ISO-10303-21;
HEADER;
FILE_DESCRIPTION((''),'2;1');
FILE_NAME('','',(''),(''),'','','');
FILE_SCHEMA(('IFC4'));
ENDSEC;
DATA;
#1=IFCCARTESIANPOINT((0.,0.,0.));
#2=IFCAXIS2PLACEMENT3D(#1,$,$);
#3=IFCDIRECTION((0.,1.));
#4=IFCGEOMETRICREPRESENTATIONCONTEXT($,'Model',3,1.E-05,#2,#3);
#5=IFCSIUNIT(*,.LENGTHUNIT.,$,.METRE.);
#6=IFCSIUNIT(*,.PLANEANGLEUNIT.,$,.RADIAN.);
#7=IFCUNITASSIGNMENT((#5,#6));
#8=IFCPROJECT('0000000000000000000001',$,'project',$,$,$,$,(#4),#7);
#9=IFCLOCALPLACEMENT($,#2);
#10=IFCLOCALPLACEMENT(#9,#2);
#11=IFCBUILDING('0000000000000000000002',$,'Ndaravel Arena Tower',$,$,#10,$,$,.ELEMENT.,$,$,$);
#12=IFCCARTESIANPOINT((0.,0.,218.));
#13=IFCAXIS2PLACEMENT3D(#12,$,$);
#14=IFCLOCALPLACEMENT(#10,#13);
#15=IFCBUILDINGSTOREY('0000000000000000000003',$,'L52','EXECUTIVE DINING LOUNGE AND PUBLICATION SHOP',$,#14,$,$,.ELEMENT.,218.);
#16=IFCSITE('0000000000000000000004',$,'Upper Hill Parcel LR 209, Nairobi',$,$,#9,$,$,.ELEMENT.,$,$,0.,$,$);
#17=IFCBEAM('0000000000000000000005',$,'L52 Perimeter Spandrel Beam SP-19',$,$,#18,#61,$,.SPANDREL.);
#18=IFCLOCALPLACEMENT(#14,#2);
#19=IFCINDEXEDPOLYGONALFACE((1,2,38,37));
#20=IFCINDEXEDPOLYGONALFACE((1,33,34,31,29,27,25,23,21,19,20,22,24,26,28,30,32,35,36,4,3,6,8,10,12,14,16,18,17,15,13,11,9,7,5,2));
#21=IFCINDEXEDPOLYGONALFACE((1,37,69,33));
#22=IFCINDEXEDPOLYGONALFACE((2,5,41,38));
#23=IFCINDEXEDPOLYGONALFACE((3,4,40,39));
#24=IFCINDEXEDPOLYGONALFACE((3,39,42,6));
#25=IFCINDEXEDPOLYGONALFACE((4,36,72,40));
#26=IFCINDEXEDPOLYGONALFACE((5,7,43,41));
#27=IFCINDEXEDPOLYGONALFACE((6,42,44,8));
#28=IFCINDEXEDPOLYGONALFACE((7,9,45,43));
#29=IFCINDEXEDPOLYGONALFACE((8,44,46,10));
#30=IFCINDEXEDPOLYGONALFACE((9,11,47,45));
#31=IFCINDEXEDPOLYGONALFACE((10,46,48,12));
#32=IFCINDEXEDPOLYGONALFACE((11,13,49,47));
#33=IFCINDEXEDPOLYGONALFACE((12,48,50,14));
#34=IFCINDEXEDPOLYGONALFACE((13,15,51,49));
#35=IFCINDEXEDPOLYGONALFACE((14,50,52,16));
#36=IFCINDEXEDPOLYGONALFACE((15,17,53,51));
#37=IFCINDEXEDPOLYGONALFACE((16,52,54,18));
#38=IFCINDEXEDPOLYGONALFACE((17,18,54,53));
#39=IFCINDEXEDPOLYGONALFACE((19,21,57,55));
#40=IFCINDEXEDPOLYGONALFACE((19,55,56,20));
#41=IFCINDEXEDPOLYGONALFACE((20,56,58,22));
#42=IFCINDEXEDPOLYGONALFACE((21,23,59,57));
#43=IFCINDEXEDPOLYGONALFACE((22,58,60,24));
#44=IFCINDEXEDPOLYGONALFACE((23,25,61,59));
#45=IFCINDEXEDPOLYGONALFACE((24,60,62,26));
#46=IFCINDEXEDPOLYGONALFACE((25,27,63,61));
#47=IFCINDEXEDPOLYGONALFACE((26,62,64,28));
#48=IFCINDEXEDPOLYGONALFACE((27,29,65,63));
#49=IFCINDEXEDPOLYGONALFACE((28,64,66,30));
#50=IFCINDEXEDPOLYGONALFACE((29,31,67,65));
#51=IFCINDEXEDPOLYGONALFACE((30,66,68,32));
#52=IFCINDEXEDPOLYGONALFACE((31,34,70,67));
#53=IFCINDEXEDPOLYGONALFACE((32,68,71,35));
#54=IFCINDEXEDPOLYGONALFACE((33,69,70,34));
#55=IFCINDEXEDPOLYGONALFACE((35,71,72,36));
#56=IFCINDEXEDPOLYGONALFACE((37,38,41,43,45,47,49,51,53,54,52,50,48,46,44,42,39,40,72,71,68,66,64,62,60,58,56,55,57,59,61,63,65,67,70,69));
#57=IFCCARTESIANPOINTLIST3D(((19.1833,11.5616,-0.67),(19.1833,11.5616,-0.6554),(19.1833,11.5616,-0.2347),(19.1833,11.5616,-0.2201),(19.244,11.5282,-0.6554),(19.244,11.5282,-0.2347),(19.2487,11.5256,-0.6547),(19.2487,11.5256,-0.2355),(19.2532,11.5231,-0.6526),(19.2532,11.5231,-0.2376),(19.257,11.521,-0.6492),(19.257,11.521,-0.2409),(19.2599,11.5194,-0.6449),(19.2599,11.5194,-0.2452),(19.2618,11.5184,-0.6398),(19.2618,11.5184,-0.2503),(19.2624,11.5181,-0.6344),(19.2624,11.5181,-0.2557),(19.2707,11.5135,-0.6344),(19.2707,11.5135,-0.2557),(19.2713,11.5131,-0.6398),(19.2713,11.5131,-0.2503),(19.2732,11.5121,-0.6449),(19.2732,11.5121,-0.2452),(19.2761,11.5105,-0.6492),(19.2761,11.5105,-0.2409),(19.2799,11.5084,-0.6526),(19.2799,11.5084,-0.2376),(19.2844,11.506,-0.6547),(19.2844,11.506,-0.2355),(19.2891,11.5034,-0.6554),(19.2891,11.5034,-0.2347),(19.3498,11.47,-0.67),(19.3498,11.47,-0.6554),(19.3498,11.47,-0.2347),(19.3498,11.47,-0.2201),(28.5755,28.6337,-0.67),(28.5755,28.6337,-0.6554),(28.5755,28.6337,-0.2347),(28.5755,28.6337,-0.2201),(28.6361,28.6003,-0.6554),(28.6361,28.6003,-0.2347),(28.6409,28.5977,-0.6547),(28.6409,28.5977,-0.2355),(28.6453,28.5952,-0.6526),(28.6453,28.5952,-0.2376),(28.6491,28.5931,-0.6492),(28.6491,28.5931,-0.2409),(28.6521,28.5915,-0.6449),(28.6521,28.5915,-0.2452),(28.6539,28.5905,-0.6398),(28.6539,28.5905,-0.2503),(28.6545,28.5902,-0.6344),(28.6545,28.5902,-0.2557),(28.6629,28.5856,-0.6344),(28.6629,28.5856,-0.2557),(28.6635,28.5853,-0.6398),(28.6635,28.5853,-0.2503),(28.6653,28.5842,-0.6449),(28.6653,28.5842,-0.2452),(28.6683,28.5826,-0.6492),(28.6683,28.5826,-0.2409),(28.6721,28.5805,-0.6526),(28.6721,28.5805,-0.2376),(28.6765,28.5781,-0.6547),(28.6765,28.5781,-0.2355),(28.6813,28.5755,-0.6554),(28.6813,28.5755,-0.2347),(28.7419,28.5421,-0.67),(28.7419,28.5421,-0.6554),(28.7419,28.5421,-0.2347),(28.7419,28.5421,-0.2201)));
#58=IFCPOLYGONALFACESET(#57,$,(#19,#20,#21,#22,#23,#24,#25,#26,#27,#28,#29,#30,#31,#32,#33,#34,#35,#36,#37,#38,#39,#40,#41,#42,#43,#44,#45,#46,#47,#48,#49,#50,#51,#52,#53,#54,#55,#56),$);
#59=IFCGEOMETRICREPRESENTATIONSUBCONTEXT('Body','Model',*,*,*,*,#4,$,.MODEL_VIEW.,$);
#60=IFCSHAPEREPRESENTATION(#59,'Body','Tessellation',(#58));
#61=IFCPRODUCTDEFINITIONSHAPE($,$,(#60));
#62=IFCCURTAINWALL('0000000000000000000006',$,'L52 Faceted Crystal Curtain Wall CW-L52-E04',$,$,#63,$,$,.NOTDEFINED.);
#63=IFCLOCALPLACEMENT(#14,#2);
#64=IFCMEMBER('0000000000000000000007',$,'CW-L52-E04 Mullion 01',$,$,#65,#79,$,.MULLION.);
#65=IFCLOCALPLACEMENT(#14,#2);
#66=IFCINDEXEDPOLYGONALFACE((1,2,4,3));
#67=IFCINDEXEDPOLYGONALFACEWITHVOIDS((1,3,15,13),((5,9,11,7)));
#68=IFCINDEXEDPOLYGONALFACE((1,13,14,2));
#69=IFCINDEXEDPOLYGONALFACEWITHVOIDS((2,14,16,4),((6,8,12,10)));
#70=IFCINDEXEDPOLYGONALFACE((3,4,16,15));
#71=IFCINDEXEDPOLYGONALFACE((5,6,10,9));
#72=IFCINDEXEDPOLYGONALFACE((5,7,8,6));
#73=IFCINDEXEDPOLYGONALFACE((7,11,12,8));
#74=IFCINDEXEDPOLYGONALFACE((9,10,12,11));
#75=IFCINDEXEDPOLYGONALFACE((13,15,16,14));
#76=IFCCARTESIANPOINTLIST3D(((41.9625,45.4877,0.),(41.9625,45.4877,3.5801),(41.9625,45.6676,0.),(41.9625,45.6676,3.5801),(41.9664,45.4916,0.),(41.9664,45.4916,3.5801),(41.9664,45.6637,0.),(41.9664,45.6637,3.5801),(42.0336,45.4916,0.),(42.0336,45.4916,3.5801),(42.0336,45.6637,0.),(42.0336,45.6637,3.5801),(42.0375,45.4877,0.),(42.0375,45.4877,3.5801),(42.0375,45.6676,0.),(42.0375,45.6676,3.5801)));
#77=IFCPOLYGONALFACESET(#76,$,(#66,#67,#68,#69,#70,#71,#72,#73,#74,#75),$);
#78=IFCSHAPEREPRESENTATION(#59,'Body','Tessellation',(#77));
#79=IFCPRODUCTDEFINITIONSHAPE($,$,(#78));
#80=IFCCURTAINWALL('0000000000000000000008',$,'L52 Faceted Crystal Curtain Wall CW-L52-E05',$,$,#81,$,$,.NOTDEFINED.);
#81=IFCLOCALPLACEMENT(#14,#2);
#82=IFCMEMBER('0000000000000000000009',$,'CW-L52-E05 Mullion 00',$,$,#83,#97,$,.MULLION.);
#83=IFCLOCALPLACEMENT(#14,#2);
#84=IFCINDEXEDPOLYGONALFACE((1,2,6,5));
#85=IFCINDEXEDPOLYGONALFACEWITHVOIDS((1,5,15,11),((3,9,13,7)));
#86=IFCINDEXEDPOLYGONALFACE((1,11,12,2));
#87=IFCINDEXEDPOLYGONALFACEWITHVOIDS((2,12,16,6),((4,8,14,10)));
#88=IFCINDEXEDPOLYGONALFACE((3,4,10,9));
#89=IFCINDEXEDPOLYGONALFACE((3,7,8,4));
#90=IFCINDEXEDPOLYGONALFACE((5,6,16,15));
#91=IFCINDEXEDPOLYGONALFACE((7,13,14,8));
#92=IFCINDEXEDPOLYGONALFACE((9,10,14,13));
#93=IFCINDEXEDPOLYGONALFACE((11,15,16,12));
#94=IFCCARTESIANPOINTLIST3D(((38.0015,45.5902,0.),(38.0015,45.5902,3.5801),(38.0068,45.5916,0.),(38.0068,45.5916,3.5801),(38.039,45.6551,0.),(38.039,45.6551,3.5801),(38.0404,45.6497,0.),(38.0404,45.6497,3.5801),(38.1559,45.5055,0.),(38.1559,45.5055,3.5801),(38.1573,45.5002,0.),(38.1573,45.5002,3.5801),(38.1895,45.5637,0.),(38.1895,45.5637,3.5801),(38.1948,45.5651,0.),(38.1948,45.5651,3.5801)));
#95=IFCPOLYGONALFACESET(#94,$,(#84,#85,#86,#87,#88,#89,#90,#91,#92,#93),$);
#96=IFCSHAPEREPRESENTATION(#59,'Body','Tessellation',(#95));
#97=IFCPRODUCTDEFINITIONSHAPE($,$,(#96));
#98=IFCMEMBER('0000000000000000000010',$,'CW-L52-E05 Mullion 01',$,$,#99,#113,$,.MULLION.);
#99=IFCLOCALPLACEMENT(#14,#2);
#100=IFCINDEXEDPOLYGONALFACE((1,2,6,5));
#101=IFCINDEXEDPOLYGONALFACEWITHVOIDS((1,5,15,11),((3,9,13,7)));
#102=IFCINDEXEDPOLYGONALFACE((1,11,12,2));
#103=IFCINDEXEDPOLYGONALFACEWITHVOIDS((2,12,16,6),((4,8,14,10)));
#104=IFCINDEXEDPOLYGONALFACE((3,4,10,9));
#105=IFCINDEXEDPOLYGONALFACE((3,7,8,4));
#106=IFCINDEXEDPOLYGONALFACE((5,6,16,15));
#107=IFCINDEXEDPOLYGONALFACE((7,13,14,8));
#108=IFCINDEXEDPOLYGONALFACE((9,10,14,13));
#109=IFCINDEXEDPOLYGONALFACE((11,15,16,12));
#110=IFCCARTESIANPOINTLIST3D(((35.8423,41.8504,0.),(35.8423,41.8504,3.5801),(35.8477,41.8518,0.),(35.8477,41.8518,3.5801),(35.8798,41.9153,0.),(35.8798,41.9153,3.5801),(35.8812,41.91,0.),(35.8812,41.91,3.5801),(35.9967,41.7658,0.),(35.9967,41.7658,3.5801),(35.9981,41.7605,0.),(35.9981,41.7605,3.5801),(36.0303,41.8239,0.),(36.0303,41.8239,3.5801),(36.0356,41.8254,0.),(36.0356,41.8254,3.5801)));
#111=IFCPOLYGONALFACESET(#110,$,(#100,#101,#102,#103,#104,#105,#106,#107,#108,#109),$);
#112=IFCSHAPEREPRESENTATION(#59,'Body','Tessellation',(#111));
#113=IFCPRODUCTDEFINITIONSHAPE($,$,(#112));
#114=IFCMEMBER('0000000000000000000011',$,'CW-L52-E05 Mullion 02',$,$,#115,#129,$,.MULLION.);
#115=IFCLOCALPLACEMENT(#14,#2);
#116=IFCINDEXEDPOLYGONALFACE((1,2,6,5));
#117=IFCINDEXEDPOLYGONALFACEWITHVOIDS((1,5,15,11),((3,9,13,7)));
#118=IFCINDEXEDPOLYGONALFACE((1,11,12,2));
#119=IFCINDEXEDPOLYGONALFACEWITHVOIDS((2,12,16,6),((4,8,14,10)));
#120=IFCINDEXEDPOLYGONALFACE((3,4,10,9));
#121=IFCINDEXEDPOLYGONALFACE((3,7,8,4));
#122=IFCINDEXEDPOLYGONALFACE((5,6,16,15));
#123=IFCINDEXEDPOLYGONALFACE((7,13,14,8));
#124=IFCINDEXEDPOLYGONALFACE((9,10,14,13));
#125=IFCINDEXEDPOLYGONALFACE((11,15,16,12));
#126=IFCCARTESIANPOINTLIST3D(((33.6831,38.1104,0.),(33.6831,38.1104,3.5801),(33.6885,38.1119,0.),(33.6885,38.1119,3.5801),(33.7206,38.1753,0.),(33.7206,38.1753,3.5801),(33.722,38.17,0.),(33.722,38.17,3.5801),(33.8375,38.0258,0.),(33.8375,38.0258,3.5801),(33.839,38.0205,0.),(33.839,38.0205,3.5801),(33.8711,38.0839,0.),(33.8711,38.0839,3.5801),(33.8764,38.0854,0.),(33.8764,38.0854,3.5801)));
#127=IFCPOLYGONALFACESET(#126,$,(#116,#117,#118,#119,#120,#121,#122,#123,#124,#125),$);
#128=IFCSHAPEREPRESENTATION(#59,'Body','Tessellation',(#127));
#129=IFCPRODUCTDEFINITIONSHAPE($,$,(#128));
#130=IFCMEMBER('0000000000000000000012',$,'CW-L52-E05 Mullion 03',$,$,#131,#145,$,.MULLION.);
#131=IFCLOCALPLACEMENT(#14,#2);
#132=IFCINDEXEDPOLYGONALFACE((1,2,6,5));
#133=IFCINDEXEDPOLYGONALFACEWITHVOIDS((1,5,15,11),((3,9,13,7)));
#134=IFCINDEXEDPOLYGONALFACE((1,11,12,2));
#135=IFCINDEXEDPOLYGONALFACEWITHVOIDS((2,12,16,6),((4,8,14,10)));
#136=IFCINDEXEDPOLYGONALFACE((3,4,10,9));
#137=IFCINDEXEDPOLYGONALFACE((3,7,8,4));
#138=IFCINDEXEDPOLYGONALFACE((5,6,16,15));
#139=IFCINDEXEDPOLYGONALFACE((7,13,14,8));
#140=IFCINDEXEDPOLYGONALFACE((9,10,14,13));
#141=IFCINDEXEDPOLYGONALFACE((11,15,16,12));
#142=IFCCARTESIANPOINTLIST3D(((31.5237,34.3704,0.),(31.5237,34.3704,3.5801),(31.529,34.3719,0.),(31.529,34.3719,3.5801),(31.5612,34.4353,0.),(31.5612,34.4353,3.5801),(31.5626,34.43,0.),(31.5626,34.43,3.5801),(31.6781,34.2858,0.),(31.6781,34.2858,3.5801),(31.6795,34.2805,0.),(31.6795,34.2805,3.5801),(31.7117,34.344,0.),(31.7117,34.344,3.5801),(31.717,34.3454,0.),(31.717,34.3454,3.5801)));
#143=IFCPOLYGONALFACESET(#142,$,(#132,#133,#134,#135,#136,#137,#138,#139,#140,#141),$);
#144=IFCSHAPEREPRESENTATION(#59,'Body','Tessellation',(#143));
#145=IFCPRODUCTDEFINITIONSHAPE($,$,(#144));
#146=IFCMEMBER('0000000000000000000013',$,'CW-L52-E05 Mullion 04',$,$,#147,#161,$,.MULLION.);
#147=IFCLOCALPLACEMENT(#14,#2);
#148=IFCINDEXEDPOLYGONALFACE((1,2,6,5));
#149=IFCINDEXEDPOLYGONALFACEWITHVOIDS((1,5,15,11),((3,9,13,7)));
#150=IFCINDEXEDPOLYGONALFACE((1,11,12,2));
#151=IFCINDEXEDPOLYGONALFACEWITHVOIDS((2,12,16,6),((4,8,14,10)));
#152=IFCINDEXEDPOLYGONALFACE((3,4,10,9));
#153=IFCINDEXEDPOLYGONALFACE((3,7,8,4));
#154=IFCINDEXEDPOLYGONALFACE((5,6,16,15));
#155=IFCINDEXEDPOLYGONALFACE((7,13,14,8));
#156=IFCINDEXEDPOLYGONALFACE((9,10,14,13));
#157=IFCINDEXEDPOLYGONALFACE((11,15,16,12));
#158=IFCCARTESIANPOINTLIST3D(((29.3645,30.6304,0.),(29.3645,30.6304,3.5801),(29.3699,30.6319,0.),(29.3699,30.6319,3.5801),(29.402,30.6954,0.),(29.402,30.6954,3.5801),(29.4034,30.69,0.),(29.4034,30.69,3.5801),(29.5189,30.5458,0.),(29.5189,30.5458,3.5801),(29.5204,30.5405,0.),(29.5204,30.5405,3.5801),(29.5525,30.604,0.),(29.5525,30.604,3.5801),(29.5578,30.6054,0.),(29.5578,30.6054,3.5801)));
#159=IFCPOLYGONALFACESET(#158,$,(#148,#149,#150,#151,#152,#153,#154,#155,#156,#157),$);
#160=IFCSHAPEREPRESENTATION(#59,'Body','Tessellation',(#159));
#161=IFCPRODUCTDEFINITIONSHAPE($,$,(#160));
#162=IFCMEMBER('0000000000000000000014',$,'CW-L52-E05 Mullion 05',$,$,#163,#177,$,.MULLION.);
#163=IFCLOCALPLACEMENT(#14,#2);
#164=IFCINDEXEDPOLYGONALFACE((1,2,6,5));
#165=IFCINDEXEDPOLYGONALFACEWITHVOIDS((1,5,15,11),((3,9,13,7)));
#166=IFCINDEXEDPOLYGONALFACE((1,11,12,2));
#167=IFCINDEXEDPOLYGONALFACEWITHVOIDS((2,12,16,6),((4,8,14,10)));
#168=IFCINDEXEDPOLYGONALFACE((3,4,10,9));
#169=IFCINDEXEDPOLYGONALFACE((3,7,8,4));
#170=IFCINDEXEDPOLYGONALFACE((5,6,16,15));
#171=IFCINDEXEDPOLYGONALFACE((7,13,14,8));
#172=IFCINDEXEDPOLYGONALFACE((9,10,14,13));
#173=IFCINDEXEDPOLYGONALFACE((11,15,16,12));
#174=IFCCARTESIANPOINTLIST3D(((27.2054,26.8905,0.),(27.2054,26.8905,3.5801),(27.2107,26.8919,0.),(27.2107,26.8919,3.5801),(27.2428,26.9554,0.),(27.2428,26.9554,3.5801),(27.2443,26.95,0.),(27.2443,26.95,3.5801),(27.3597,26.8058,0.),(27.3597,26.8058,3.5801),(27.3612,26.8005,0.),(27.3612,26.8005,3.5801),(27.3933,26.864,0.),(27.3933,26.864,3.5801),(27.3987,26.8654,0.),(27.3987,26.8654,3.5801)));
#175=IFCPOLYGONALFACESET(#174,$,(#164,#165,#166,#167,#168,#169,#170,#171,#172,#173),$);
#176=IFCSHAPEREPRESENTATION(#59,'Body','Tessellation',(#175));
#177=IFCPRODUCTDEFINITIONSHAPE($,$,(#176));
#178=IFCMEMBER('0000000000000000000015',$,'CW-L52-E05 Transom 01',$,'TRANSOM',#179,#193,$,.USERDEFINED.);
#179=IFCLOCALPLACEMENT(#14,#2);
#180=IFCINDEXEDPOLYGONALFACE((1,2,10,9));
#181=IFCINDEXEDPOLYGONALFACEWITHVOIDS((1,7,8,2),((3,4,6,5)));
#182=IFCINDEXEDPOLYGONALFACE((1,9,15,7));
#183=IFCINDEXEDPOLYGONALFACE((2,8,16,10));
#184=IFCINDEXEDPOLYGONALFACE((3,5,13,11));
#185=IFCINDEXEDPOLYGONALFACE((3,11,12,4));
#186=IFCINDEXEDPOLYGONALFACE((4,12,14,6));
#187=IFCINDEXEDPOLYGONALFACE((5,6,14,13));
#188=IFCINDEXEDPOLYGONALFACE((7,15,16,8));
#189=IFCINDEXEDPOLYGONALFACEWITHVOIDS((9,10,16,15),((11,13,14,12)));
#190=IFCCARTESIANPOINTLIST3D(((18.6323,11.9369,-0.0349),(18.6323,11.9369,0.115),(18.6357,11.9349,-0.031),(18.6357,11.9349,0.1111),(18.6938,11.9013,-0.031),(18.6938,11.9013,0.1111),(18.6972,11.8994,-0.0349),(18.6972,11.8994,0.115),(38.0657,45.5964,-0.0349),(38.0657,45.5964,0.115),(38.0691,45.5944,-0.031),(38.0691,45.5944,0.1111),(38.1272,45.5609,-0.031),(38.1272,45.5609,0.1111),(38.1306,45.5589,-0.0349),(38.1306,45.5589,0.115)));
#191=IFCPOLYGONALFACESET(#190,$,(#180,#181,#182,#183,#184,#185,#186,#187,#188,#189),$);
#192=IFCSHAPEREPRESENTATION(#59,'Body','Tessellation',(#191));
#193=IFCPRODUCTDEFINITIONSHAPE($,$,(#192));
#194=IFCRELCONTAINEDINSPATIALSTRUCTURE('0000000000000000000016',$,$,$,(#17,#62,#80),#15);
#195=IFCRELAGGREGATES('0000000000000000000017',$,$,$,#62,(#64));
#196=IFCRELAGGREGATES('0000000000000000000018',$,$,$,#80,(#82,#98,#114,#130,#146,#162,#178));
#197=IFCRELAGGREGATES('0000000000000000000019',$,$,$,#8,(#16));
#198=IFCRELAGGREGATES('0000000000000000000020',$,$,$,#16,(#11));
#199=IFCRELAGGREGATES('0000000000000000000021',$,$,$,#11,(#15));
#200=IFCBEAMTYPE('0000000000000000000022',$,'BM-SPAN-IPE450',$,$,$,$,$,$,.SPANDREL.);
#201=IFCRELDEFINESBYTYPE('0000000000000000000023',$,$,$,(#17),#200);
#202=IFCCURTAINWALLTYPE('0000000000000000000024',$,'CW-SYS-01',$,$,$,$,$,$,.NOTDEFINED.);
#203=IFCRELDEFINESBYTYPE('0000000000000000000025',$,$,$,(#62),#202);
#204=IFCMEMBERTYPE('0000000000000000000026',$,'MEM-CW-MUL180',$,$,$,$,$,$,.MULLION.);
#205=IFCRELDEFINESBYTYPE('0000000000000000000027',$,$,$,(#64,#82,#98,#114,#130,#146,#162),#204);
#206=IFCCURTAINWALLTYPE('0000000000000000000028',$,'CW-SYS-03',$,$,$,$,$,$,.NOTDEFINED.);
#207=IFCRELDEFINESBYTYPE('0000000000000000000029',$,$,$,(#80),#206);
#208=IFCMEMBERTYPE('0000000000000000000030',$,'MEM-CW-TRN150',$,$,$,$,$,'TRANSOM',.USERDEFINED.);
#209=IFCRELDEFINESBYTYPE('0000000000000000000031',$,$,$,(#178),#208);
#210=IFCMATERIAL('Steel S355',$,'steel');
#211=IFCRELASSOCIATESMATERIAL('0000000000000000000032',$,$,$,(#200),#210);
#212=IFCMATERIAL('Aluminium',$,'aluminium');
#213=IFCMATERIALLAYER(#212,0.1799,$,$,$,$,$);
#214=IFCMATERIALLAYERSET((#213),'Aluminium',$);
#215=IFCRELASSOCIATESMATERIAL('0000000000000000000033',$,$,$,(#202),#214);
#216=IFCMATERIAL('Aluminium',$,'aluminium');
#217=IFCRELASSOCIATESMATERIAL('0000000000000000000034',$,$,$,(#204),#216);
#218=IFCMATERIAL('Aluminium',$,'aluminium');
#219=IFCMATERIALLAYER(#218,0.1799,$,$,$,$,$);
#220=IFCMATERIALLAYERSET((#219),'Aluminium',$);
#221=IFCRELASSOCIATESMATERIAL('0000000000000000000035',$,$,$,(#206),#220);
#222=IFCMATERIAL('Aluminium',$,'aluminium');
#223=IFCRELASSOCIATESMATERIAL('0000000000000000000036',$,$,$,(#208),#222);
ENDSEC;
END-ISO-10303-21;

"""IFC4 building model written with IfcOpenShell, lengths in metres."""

from ifc_helpers import new_model, si_unit, direction, frame, origin, origin_2d, place, context, subcontext, project, spatial, hollow_rectangle, i_section, extrude, material, layer, layer_set, material_profile, profile_set, type_object, element, aggregate, save


model = new_model("IFC4")

# Units and contexts
model_context = context("Model", 3, precision=1e-05, world=origin(), true_north=direction((0.0, 1.0)))
body_context = subcontext(model_context, "Body", "Model", "MODEL_VIEW")
ifc_project = project(units=[si_unit("LENGTHUNIT", "METRE"), si_unit("PLANEANGLEUNIT", "RADIAN")], contexts=[model_context])

# Site, building, storey
site_placement = place(None, origin())
site = spatial("IfcSite", under=ifc_project, at=site_placement, Name="Upper Hill Parcel LR 209, Nairobi", CompositionType="ELEMENT", RefElevation=0.0)
building_placement = place(site_placement, origin())
building = spatial("IfcBuilding", under=site, at=building_placement, Name="Ndaravel Arena Tower", CompositionType="ELEMENT")
storey_placement = place(building_placement, frame((0.0, 0.0, 218.0)))
storey = spatial("IfcBuildingStorey", under=building, at=storey_placement, Name="L52", Description="EXECUTIVE DINING LOUNGE AND PUBLICATION SHOP", CompositionType="ELEMENT", Elevation=218.0)

# Beam
ifc_material_1 = material(Name="Steel S355", Category="steel")
ifc_material_profile_1 = material_profile(ifc_material_1, i_section(OverallWidth=0.1899, OverallDepth=0.45, WebThickness=0.0095, FlangeThickness=0.0146, FilletRadius=0.021, at=origin_2d()), Name="IPE 450")
ifc_profile_set_1 = profile_set([ifc_material_profile_1], Name="Steel S355")
beam_type_1 = type_object("IfcBeamType", Name="BM-SPAN-IPE450", PredefinedType="SPANDREL", material=ifc_profile_set_1)
for number, where, z_axis, x_axis, name in (
    (1, (28.6587, 28.5879, -0.4451), (-0.482016, -0.876162, 0.0), (0.876162, -0.482016, 0.0), "L52 Perimeter Spandrel Beam SP-19"),
):
    element("IfcBeam", number, at=place(storey_placement, frame(where, z_axis=z_axis, x_axis=x_axis)), inside=storey, type_object=beam_type_1, Name=name, PredefinedType="SPANDREL", context=body_context, shape_type="SweptSolid", body=[
        extrude(i_section(OverallWidth=0.1899, OverallDepth=0.45, WebThickness=0.0095, FlangeThickness=0.0146, FilletRadius=0.021, at=origin_2d()), origin(), (0.0, 0.0, 1.0), 19.4851),
    ])

# Curtain wall, member
ifc_material_2 = material(Name="Aluminium", Category="aluminium")
ifc_layer_1 = layer(ifc_material_2, 0.1799)
ifc_layer_set_1 = layer_set([ifc_layer_1], Name="Aluminium")
curtain_wall_type_1 = type_object("IfcCurtainWallType", Name="CW-SYS-01", PredefinedType="NOTDEFINED", material=ifc_layer_set_1)
curtain_wall_1_placement = place(storey_placement, origin())
curtain_wall_1 = element("IfcCurtainWall", 2, at=curtain_wall_1_placement, inside=storey, type_object=curtain_wall_type_1, Name="L52 Faceted Crystal Curtain Wall CW-L52-E04", PredefinedType="NOTDEFINED")
ifc_material_3 = material(Name="Aluminium", Category="aluminium")
ifc_material_profile_2 = material_profile(ifc_material_3, hollow_rectangle(XDim=0.075, YDim=0.1799, WallThickness=0.0039, at=origin_2d()), Name="CW MULLION 75x180x4")
ifc_profile_set_2 = profile_set([ifc_material_profile_2], Name="Aluminium")
member_type_1 = type_object("IfcMemberType", Name="MEM-CW-MUL180", PredefinedType="MULLION", material=ifc_profile_set_2)
member_1_placement = place(storey_placement, frame((42.0, 45.5776, 0.0), z_axis=(0.0, 0.0, 1.0), x_axis=(-1.0, 0.0, 0.0)))
member_1 = element("IfcMember", 3, at=member_1_placement, type_object=member_type_1, Name="CW-L52-E04 Mullion 01", PredefinedType="MULLION", context=body_context, shape_type="SweptSolid", body=[
    extrude(hollow_rectangle(XDim=0.075, YDim=0.1799, WallThickness=0.0039, at=origin_2d()), origin(), (0.0, 0.0, 1.0), 3.5801),
])

# Curtain wall, members
ifc_material_4 = material(Name="Aluminium", Category="aluminium")
ifc_layer_2 = layer(ifc_material_4, 0.1799)
ifc_layer_set_2 = layer_set([ifc_layer_2], Name="Aluminium")
curtain_wall_type_2 = type_object("IfcCurtainWallType", Name="CW-SYS-03", PredefinedType="NOTDEFINED", material=ifc_layer_set_2)
curtain_wall_2_placement = place(storey_placement, origin())
curtain_wall_2 = element("IfcCurtainWall", 4, at=curtain_wall_2_placement, inside=storey, type_object=curtain_wall_type_2, Name="L52 Faceted Crystal Curtain Wall CW-L52-E05", PredefinedType="NOTDEFINED")
member_2_placement = place(storey_placement, frame((38.0981, 45.5776, 0.0), z_axis=(0.0, 0.0, 1.0), x_axis=(-0.5, -0.866025, 0.0)))
member_2 = element("IfcMember", 5, at=member_2_placement, type_object=member_type_1, Name="CW-L52-E05 Mullion 00", PredefinedType="MULLION", context=body_context, shape_type="SweptSolid", body=[
    extrude(hollow_rectangle(XDim=0.075, YDim=0.1799, WallThickness=0.0039, at=origin_2d()), origin(), (0.0, 0.0, 1.0), 3.5801),
])
member_3_placement = place(storey_placement, frame((35.939, 41.8379, 0.0), z_axis=(0.0, 0.0, 1.0), x_axis=(-0.5, -0.866025, 0.0)))
member_3 = element("IfcMember", 6, at=member_3_placement, type_object=member_type_1, Name="CW-L52-E05 Mullion 01", PredefinedType="MULLION", context=body_context, shape_type="SweptSolid", body=[
    extrude(hollow_rectangle(XDim=0.075, YDim=0.1799, WallThickness=0.0039, at=origin_2d()), origin(), (0.0, 0.0, 1.0), 3.5801),
])
member_4_placement = place(storey_placement, frame((33.7798, 38.0979, 0.0), z_axis=(0.0, 0.0, 1.0), x_axis=(-0.5, -0.866025, 0.0)))
member_4 = element("IfcMember", 7, at=member_4_placement, type_object=member_type_1, Name="CW-L52-E05 Mullion 02", PredefinedType="MULLION", context=body_context, shape_type="SweptSolid", body=[
    extrude(hollow_rectangle(XDim=0.075, YDim=0.1799, WallThickness=0.0039, at=origin_2d()), origin(), (0.0, 0.0, 1.0), 3.5801),
])
member_5_placement = place(storey_placement, frame((31.6204, 34.3579, 0.0), z_axis=(0.0, 0.0, 1.0), x_axis=(-0.5, -0.866025, 0.0)))
member_5 = element("IfcMember", 8, at=member_5_placement, type_object=member_type_1, Name="CW-L52-E05 Mullion 03", PredefinedType="MULLION", context=body_context, shape_type="SweptSolid", body=[
    extrude(hollow_rectangle(XDim=0.075, YDim=0.1799, WallThickness=0.0039, at=origin_2d()), origin(), (0.0, 0.0, 1.0), 3.5801),
])
member_6_placement = place(storey_placement, frame((29.4612, 30.6179, 0.0), z_axis=(0.0, 0.0, 1.0), x_axis=(-0.5, -0.866025, 0.0)))
member_6 = element("IfcMember", 9, at=member_6_placement, type_object=member_type_1, Name="CW-L52-E05 Mullion 04", PredefinedType="MULLION", context=body_context, shape_type="SweptSolid", body=[
    extrude(hollow_rectangle(XDim=0.075, YDim=0.1799, WallThickness=0.0039, at=origin_2d()), origin(), (0.0, 0.0, 1.0), 3.5801),
])
member_7_placement = place(storey_placement, frame((27.302, 26.8779, 0.0), z_axis=(0.0, 0.0, 1.0), x_axis=(-0.5, -0.866025, 0.0)))
member_7 = element("IfcMember", 10, at=member_7_placement, type_object=member_type_1, Name="CW-L52-E05 Mullion 05", PredefinedType="MULLION", context=body_context, shape_type="SweptSolid", body=[
    extrude(hollow_rectangle(XDim=0.075, YDim=0.1799, WallThickness=0.0039, at=origin_2d()), origin(), (0.0, 0.0, 1.0), 3.5801),
])
ifc_material_5 = material(Name="Aluminium", Category="aluminium")
ifc_material_profile_3 = material_profile(ifc_material_5, hollow_rectangle(XDim=0.075, YDim=0.1499, WallThickness=0.0039, at=origin_2d()), Name="CW TRANSOM 75x150x4")
ifc_profile_set_3 = profile_set([ifc_material_profile_3], Name="Aluminium")
member_type_2 = type_object("IfcMemberType", Name="MEM-CW-TRN150", ElementType="TRANSOM", PredefinedType="USERDEFINED", material=ifc_profile_set_3)
member_8_placement = place(storey_placement, frame((38.0981, 45.5776, 0.04), z_axis=(-0.500001, -0.866025, 0.0), x_axis=(0.866025, -0.500001, 0.0)))
member_8 = element("IfcMember", 11, at=member_8_placement, type_object=member_type_2, Name="CW-L52-E05 Transom 01", ObjectType="TRANSOM", PredefinedType="USERDEFINED", context=body_context, shape_type="SweptSolid", body=[
    extrude(hollow_rectangle(XDim=0.075, YDim=0.1499, WallThickness=0.0039, at=origin_2d()), origin(), (0.0, 0.0, 1.0), 38.8667),
])

aggregate(curtain_wall_1, [member_1])
aggregate(curtain_wall_2, [member_2, member_3, member_4, member_5, member_6, member_7, member_8])

save(model, "model.ifc")
